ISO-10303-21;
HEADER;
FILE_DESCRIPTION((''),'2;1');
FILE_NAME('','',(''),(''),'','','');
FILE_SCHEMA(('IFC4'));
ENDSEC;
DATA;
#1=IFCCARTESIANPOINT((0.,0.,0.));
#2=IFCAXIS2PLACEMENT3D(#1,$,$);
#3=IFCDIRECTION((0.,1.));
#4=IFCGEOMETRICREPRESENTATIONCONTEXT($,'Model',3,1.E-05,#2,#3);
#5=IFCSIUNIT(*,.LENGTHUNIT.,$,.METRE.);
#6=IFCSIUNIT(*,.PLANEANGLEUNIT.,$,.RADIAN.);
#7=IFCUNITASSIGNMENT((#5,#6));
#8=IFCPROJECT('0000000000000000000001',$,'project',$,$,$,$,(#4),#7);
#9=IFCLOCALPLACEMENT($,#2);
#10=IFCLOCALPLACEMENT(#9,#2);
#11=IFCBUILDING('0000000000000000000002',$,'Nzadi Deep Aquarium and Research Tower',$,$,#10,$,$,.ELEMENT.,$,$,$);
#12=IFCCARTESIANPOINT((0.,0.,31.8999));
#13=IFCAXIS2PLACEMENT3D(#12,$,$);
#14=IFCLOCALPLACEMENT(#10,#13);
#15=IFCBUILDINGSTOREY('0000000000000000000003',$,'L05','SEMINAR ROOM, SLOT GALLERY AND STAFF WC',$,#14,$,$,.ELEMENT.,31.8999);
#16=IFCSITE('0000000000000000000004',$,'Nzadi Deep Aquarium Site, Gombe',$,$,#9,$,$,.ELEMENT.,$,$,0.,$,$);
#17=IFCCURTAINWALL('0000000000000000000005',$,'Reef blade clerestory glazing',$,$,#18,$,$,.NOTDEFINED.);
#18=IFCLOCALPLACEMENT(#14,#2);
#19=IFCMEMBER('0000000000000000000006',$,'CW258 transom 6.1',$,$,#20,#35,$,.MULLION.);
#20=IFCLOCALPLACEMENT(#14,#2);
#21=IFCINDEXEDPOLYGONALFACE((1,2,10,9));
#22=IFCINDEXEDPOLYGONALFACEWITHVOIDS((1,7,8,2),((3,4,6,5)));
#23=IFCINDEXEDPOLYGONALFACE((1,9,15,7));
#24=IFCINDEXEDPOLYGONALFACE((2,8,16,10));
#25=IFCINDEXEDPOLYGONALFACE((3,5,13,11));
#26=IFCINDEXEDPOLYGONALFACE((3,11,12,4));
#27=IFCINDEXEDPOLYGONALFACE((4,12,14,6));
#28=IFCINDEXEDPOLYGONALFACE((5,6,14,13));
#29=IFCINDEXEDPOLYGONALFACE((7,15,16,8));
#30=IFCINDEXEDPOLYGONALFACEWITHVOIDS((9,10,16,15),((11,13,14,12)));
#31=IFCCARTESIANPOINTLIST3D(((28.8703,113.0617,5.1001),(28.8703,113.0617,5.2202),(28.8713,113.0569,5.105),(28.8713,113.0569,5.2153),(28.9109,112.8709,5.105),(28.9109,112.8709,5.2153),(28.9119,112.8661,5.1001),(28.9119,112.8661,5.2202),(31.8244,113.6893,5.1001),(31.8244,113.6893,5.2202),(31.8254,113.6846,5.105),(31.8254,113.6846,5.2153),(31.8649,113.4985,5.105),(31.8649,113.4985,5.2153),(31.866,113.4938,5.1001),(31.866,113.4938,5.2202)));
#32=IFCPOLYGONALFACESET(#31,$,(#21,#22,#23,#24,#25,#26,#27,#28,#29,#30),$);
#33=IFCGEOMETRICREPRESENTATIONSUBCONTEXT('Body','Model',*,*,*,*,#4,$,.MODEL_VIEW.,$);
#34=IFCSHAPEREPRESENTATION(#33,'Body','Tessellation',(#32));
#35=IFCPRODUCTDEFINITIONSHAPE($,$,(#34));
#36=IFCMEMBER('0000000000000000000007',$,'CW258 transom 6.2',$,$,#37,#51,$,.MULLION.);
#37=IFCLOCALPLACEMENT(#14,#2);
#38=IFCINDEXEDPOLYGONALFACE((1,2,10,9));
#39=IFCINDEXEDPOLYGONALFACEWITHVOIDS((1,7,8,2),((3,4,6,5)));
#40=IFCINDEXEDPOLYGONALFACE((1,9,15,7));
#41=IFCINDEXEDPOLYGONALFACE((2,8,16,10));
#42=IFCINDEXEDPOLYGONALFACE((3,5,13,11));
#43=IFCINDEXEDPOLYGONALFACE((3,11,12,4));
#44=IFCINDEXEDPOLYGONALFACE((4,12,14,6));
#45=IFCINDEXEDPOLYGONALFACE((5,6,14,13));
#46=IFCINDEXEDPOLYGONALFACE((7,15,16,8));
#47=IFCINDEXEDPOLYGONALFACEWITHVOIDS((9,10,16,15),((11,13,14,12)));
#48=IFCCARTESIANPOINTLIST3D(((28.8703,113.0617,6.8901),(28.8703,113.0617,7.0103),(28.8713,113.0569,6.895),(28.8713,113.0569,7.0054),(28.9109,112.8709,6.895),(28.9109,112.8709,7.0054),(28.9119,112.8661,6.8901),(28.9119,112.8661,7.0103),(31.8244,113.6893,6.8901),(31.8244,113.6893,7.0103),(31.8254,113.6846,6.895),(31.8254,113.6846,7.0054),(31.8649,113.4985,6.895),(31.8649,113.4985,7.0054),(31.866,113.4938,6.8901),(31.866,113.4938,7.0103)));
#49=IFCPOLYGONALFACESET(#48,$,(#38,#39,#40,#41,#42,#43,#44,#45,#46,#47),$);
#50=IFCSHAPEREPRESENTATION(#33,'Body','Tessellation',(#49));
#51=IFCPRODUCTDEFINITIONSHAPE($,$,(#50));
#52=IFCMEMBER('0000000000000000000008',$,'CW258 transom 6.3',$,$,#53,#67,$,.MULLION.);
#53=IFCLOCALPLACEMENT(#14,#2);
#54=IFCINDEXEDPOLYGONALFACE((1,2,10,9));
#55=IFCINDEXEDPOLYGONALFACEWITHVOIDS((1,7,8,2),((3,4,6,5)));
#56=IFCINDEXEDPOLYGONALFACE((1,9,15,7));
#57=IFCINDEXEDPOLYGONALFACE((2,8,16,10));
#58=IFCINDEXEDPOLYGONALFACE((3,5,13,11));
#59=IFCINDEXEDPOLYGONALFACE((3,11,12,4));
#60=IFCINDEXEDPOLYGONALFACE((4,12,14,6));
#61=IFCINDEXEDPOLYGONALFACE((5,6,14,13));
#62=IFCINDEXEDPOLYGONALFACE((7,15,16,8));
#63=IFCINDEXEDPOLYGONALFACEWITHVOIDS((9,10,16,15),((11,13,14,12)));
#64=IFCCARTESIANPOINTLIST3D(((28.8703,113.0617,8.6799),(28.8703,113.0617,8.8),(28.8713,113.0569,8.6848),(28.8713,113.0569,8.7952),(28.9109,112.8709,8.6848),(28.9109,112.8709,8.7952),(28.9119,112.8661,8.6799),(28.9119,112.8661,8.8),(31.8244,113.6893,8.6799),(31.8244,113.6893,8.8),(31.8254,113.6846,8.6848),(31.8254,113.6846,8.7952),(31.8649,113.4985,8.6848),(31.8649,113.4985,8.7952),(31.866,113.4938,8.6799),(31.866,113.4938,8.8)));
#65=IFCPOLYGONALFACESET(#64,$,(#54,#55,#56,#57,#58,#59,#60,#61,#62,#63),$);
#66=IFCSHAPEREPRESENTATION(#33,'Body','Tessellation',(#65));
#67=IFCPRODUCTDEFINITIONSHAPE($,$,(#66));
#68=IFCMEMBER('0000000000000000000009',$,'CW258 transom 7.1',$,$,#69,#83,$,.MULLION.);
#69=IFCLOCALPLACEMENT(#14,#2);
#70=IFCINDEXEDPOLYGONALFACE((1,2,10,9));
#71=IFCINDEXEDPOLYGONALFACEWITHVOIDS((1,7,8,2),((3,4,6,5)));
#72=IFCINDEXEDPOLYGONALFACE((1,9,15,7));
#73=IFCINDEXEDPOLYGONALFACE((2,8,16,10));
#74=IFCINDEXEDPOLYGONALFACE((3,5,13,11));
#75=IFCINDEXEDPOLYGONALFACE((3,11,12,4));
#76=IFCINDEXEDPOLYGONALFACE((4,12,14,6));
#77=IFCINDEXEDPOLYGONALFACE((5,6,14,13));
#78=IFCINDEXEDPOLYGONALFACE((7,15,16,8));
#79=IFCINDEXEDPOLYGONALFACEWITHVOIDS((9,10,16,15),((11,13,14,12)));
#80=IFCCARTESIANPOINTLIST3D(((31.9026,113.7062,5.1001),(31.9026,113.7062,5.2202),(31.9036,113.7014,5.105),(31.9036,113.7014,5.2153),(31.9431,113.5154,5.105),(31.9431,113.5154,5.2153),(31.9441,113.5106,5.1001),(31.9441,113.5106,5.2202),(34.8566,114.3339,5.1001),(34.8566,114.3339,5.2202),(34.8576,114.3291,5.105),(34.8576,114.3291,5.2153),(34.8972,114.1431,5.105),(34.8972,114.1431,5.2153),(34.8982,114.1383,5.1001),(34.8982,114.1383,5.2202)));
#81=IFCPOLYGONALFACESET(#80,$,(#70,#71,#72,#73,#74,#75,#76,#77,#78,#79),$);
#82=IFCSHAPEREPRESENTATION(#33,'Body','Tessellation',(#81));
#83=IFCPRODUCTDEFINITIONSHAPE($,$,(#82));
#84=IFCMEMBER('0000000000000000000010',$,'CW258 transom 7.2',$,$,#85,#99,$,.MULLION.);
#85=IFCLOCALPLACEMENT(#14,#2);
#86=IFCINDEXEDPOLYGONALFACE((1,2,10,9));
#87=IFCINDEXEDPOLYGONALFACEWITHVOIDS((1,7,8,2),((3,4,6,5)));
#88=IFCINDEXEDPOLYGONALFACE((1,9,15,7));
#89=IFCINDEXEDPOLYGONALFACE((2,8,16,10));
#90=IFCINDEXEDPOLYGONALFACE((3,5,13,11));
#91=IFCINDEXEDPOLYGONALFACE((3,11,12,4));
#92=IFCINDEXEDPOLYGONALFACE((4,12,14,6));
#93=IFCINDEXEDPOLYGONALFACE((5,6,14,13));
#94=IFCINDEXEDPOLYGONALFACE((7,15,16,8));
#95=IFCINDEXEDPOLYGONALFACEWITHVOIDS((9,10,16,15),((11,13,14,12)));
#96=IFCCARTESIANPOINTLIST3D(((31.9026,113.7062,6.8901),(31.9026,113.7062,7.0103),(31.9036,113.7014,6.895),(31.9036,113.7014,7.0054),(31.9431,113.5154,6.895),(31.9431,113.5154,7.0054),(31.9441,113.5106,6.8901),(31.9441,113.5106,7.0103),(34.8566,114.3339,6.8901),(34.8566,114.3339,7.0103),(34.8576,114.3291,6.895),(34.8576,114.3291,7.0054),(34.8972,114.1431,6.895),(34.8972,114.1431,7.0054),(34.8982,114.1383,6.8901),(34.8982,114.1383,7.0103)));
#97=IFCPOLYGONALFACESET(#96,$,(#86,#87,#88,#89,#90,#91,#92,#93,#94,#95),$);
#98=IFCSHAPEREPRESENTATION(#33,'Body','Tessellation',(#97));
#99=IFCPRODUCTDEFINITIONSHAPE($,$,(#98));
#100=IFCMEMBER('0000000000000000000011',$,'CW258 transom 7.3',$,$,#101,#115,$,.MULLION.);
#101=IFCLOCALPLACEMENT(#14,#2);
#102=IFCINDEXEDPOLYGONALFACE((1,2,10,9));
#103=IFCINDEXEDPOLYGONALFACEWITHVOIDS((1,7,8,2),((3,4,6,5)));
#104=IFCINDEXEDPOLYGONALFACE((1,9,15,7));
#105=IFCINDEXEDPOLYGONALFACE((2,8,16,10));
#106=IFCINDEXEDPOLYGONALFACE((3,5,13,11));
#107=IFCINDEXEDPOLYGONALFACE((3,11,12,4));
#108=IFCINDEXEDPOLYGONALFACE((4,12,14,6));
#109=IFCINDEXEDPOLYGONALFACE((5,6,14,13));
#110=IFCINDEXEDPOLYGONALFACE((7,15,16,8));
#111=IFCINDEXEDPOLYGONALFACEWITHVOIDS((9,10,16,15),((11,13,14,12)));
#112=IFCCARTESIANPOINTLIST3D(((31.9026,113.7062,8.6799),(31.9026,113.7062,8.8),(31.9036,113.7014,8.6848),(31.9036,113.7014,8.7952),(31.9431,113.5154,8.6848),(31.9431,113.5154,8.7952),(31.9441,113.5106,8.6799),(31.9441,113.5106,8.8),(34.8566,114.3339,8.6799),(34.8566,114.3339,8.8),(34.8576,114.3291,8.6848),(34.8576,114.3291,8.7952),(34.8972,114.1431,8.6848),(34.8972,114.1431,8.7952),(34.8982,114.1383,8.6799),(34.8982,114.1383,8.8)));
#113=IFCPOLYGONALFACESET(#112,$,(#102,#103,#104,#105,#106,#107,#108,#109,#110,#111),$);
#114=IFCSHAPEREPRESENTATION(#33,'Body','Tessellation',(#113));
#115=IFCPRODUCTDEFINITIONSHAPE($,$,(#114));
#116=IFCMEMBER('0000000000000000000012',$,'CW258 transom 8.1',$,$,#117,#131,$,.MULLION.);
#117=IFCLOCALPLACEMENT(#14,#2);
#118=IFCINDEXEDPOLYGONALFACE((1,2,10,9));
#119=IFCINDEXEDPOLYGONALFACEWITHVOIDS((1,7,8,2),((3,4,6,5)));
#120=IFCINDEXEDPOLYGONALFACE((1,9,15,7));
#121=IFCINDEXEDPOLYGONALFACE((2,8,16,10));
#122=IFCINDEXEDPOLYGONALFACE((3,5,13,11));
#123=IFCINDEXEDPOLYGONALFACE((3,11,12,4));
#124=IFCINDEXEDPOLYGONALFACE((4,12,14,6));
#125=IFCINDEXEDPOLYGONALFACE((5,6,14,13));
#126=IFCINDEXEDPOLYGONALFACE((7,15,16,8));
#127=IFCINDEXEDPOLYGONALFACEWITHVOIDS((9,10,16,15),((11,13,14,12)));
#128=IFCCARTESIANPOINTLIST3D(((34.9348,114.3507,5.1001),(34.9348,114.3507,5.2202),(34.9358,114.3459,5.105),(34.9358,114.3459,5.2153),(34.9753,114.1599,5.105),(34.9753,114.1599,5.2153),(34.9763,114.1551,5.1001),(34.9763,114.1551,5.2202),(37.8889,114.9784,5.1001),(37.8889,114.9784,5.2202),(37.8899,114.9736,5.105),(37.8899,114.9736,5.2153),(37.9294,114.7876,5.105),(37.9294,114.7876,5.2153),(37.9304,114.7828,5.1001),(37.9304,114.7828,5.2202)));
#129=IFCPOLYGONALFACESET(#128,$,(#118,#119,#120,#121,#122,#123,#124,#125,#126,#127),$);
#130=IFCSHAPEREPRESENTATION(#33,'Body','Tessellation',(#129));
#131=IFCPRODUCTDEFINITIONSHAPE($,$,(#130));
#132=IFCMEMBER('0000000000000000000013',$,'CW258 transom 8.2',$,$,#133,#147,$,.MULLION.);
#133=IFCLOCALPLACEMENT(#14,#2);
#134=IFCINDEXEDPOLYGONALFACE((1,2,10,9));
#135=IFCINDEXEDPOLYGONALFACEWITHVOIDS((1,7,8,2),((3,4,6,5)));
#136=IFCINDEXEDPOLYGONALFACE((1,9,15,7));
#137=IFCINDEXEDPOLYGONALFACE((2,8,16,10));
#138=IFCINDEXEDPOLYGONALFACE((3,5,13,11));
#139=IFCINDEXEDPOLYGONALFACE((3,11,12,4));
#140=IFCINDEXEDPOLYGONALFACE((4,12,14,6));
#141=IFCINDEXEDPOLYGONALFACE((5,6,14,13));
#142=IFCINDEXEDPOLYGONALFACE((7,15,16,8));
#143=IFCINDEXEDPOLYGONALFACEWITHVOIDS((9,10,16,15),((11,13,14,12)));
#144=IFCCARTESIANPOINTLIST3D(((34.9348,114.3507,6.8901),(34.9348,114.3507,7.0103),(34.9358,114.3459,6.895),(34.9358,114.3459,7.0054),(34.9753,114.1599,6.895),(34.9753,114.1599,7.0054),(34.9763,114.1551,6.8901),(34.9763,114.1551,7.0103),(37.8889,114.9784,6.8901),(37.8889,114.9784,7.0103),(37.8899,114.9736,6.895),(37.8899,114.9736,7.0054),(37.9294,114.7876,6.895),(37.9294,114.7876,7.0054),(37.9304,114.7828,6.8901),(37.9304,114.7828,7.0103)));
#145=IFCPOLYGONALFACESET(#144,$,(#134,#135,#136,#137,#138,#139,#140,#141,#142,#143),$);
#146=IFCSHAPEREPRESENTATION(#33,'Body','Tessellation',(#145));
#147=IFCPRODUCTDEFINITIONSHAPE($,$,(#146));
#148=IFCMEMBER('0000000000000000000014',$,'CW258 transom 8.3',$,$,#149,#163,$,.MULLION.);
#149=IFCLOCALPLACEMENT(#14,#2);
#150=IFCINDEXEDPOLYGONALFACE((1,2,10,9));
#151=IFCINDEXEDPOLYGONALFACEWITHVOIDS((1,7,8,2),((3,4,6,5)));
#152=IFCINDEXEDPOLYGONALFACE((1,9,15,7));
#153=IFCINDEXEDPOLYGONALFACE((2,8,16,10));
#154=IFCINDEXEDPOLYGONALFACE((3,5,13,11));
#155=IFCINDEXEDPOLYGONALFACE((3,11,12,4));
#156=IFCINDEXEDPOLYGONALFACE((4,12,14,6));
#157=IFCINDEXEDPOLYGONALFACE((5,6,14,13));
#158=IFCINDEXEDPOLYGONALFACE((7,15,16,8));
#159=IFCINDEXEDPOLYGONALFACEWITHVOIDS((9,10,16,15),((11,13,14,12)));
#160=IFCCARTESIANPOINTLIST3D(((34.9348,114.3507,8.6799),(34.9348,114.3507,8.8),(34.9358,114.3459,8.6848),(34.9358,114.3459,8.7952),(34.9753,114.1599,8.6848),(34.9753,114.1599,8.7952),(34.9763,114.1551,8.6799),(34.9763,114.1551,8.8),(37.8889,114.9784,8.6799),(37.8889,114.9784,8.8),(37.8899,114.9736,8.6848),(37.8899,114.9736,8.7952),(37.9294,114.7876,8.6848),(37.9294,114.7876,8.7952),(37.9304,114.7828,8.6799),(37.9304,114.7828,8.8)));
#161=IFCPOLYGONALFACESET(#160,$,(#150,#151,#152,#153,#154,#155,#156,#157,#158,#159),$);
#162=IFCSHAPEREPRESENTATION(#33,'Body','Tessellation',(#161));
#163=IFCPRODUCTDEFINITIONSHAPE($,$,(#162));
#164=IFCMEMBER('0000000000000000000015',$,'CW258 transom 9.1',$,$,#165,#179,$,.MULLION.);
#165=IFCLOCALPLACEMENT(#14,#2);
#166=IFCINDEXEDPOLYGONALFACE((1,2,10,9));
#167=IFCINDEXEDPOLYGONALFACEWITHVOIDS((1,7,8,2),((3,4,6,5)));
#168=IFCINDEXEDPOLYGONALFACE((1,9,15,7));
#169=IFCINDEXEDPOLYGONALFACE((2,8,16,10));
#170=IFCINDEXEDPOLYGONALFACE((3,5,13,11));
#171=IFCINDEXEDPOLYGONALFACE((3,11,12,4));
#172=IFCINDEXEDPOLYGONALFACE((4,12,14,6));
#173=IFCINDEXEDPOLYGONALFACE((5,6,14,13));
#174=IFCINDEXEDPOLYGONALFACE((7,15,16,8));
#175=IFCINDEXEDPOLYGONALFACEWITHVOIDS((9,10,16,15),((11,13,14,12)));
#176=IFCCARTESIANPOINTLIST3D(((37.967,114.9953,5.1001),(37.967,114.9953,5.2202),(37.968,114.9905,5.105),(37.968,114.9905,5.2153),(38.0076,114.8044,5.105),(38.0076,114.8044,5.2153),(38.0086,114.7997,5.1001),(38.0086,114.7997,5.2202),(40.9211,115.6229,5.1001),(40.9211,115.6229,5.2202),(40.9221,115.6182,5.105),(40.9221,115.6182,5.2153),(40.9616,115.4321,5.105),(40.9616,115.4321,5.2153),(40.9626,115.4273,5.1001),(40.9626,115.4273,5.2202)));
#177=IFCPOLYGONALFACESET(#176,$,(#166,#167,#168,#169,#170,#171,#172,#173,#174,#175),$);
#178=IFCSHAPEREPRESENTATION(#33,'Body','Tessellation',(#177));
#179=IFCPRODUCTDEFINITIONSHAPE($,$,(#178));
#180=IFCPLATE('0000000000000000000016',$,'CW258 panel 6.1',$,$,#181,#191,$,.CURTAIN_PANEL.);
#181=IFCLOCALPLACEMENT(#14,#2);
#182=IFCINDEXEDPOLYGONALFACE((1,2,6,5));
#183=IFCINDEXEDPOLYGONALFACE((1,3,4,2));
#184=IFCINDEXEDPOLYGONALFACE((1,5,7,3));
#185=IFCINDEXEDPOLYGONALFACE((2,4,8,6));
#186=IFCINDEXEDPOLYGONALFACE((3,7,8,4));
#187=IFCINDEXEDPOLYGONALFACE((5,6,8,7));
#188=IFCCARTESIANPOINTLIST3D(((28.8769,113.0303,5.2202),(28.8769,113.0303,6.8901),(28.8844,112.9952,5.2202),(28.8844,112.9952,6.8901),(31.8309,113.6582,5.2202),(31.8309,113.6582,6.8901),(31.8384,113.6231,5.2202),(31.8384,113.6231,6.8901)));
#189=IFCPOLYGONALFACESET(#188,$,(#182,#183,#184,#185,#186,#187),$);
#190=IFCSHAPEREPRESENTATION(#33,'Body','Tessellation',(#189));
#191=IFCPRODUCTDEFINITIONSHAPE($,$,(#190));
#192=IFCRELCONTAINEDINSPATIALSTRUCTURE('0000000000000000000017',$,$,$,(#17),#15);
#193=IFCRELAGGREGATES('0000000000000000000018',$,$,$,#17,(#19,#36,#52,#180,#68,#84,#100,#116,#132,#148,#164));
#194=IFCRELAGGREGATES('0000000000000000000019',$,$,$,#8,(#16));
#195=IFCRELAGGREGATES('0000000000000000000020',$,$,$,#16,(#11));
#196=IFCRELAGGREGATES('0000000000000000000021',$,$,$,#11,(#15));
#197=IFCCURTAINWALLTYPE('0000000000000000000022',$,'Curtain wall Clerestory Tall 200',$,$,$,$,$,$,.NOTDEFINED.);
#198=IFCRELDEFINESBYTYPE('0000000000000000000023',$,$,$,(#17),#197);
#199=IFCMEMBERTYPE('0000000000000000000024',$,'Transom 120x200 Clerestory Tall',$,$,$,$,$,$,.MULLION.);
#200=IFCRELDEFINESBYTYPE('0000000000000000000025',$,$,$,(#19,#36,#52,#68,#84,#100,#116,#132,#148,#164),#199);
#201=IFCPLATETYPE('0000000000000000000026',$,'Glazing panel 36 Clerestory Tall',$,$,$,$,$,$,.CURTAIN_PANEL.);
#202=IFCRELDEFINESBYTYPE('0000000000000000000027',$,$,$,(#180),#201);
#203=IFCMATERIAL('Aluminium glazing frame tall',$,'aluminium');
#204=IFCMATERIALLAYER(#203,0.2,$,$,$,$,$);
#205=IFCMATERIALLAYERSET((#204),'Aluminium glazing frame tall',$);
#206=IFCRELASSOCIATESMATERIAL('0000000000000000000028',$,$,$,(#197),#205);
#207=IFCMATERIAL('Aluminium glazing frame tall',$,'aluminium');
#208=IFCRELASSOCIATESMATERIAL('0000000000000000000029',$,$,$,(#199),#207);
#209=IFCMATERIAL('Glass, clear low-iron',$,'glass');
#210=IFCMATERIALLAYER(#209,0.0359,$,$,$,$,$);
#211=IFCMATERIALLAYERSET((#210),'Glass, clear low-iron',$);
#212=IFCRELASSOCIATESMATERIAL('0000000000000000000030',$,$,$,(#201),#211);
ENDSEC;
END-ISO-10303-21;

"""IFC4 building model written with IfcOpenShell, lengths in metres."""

from ifc_helpers import new_model, si_unit, direction, frame, origin, origin_2d, place, context, subcontext, project, spatial, rectangle, hollow_rectangle, extrude, material, layer, layer_set, material_profile, profile_set, type_object, element, aggregate, save


model = new_model("IFC4")

# Units and contexts
model_context = context("Model", 3, precision=1e-05, world=origin(), true_north=direction((0.0, 1.0)))
body_context = subcontext(model_context, "Body", "Model", "MODEL_VIEW")
ifc_project = project(units=[si_unit("LENGTHUNIT", "METRE"), si_unit("PLANEANGLEUNIT", "RADIAN")], contexts=[model_context])

# Site, building, storey
site_placement = place(None, origin())
site = spatial("IfcSite", under=ifc_project, at=site_placement, Name="Nzadi Deep Aquarium Site, Gombe", CompositionType="ELEMENT", RefElevation=0.0)
building_placement = place(site_placement, origin())
building = spatial("IfcBuilding", under=site, at=building_placement, Name="Nzadi Deep Aquarium and Research Tower", CompositionType="ELEMENT")
storey_placement = place(building_placement, frame((0.0, 0.0, 31.8999)))
storey = spatial("IfcBuildingStorey", under=building, at=storey_placement, Name="L05", Description="SEMINAR ROOM, SLOT GALLERY AND STAFF WC", CompositionType="ELEMENT", Elevation=31.8999)

# Curtain wall
ifc_material_1 = material(Name="Aluminium glazing frame tall", Category="aluminium")
ifc_layer_1 = layer(ifc_material_1, 0.2)
ifc_layer_set_1 = layer_set([ifc_layer_1], Name="Aluminium glazing frame tall")
curtain_wall_type = type_object("IfcCurtainWallType", Name="Curtain wall Clerestory Tall 200", PredefinedType="NOTDEFINED", material=ifc_layer_set_1)
curtain_wall_placement = place(storey_placement, origin())
curtain_wall = element("IfcCurtainWall", 1, at=curtain_wall_placement, inside=storey, type_object=curtain_wall_type, Name="Reef blade clerestory glazing", PredefinedType="NOTDEFINED")

# Members
ifc_material_2 = material(Name="Aluminium glazing frame tall", Category="aluminium")
ifc_material_profile_1 = material_profile(ifc_material_2, hollow_rectangle(XDim=0.2, YDim=0.1201, WallThickness=0.0049, at=origin_2d()))
ifc_profile_set_1 = profile_set([ifc_material_profile_1], Name="Aluminium glazing frame tall")
member_type_1 = type_object("IfcMemberType", Name="Transom 120x200 Clerestory Tall", PredefinedType="MULLION", material=ifc_profile_set_1)
member_1_placement = place(storey_placement, frame((28.8911, 112.9639, 5.1602), z_axis=(0.978163, 0.207839, 0.0), x_axis=(-0.207839, 0.978163, 0.0)))
member_1 = element("IfcMember", 2, at=member_1_placement, type_object=member_type_1, Name="CW258 transom 6.1", PredefinedType="MULLION", context=body_context, shape_type="SweptSolid", body=[
    extrude(hollow_rectangle(XDim=0.2, YDim=0.1201, WallThickness=0.0049, at=origin_2d()), origin(), (0.0, 0.0, 1.0), 3.02),
])
member_2_placement = place(storey_placement, frame((28.8911, 112.9639, 6.9502), z_axis=(0.978163, 0.207839, 0.0), x_axis=(-0.207839, 0.978163, 0.0)))
member_2 = element("IfcMember", 3, at=member_2_placement, type_object=member_type_1, Name="CW258 transom 6.2", PredefinedType="MULLION", context=body_context, shape_type="SweptSolid", body=[
    extrude(hollow_rectangle(XDim=0.2, YDim=0.1201, WallThickness=0.0049, at=origin_2d()), origin(), (0.0, 0.0, 1.0), 3.02),
])
member_3_placement = place(storey_placement, frame((28.8911, 112.9639, 8.74), z_axis=(0.978163, 0.207839, 0.0), x_axis=(-0.207839, 0.978163, 0.0)))
member_3 = element("IfcMember", 4, at=member_3_placement, type_object=member_type_1, Name="CW258 transom 6.3", PredefinedType="MULLION", context=body_context, shape_type="SweptSolid", body=[
    extrude(hollow_rectangle(XDim=0.2, YDim=0.1201, WallThickness=0.0049, at=origin_2d()), origin(), (0.0, 0.0, 1.0), 3.02),
])
member_4_placement = place(storey_placement, frame((31.9233, 113.6084, 5.1602), z_axis=(0.978163, 0.207839, 0.0), x_axis=(-0.207839, 0.978163, 0.0)))
member_4 = element("IfcMember", 5, at=member_4_placement, type_object=member_type_1, Name="CW258 transom 7.1", PredefinedType="MULLION", context=body_context, shape_type="SweptSolid", body=[
    extrude(hollow_rectangle(XDim=0.2, YDim=0.1201, WallThickness=0.0049, at=origin_2d()), origin(), (0.0, 0.0, 1.0), 3.02),
])
member_5_placement = place(storey_placement, frame((31.9233, 113.6084, 6.9502), z_axis=(0.978163, 0.207839, 0.0), x_axis=(-0.207839, 0.978163, 0.0)))
member_5 = element("IfcMember", 6, at=member_5_placement, type_object=member_type_1, Name="CW258 transom 7.2", PredefinedType="MULLION", context=body_context, shape_type="SweptSolid", body=[
    extrude(hollow_rectangle(XDim=0.2, YDim=0.1201, WallThickness=0.0049, at=origin_2d()), origin(), (0.0, 0.0, 1.0), 3.02),
])
member_6_placement = place(storey_placement, frame((31.9233, 113.6084, 8.74), z_axis=(0.978163, 0.207839, 0.0), x_axis=(-0.207839, 0.978163, 0.0)))
member_6 = element("IfcMember", 7, at=member_6_placement, type_object=member_type_1, Name="CW258 transom 7.3", PredefinedType="MULLION", context=body_context, shape_type="SweptSolid", body=[
    extrude(hollow_rectangle(XDim=0.2, YDim=0.1201, WallThickness=0.0049, at=origin_2d()), origin(), (0.0, 0.0, 1.0), 3.02),
])
member_7_placement = place(storey_placement, frame((34.9556, 114.2529, 5.1602), z_axis=(0.978163, 0.207839, 0.0), x_axis=(-0.207839, 0.978163, 0.0)))
member_7 = element("IfcMember", 8, at=member_7_placement, type_object=member_type_1, Name="CW258 transom 8.1", PredefinedType="MULLION", context=body_context, shape_type="SweptSolid", body=[
    extrude(hollow_rectangle(XDim=0.2, YDim=0.1201, WallThickness=0.0049, at=origin_2d()), origin(), (0.0, 0.0, 1.0), 3.02),
])
member_8_placement = place(storey_placement, frame((34.9556, 114.2529, 6.9502), z_axis=(0.978163, 0.207839, 0.0), x_axis=(-0.207839, 0.978163, 0.0)))
member_8 = element("IfcMember", 9, at=member_8_placement, type_object=member_type_1, Name="CW258 transom 8.2", PredefinedType="MULLION", context=body_context, shape_type="SweptSolid", body=[
    extrude(hollow_rectangle(XDim=0.2, YDim=0.1201, WallThickness=0.0049, at=origin_2d()), origin(), (0.0, 0.0, 1.0), 3.02),
])
member_9_placement = place(storey_placement, frame((34.9556, 114.2529, 8.74), z_axis=(0.978163, 0.207839, 0.0), x_axis=(-0.207839, 0.978163, 0.0)))
member_9 = element("IfcMember", 10, at=member_9_placement, type_object=member_type_1, Name="CW258 transom 8.3", PredefinedType="MULLION", context=body_context, shape_type="SweptSolid", body=[
    extrude(hollow_rectangle(XDim=0.2, YDim=0.1201, WallThickness=0.0049, at=origin_2d()), origin(), (0.0, 0.0, 1.0), 3.02),
])
member_10_placement = place(storey_placement, frame((37.9878, 114.8975, 5.1602), z_axis=(0.978163, 0.207839, 0.0), x_axis=(-0.207839, 0.978163, 0.0)))
member_10 = element("IfcMember", 11, at=member_10_placement, type_object=member_type_1, Name="CW258 transom 9.1", PredefinedType="MULLION", context=body_context, shape_type="SweptSolid", body=[
    extrude(hollow_rectangle(XDim=0.2, YDim=0.1201, WallThickness=0.0049, at=origin_2d()), origin(), (0.0, 0.0, 1.0), 3.02),
])

# Plate
ifc_material_3 = material(Name="Glass, clear low-iron", Category="glass")
ifc_layer_2 = layer(ifc_material_3, 0.0359)
ifc_layer_set_2 = layer_set([ifc_layer_2], Name="Glass, clear low-iron")
plate_type = type_object("IfcPlateType", Name="Glazing panel 36 Clerestory Tall", PredefinedType="CURTAIN_PANEL", material=ifc_layer_set_2)
plate_1_placement = place(storey_placement, frame((30.3577, 113.3267, 5.2202), z_axis=(0.0, 0.0, 1.0), x_axis=(0.978148, 0.207912, 0.0)))
plate_1 = element("IfcPlate", 12, at=plate_1_placement, type_object=plate_type, Name="CW258 panel 6.1", PredefinedType="CURTAIN_PANEL", context=body_context, shape_type="SweptSolid", body=[
    extrude(rectangle(XDim=3.02, YDim=0.0359, at=origin_2d()), origin(), (0.0, 0.0, 1.0), 1.6699),
])
aggregate(curtain_wall, [member_1, member_2, member_3, plate_1, member_4, member_5, member_6, member_7, member_8, member_9, member_10])

save(model, "model.ifc")
